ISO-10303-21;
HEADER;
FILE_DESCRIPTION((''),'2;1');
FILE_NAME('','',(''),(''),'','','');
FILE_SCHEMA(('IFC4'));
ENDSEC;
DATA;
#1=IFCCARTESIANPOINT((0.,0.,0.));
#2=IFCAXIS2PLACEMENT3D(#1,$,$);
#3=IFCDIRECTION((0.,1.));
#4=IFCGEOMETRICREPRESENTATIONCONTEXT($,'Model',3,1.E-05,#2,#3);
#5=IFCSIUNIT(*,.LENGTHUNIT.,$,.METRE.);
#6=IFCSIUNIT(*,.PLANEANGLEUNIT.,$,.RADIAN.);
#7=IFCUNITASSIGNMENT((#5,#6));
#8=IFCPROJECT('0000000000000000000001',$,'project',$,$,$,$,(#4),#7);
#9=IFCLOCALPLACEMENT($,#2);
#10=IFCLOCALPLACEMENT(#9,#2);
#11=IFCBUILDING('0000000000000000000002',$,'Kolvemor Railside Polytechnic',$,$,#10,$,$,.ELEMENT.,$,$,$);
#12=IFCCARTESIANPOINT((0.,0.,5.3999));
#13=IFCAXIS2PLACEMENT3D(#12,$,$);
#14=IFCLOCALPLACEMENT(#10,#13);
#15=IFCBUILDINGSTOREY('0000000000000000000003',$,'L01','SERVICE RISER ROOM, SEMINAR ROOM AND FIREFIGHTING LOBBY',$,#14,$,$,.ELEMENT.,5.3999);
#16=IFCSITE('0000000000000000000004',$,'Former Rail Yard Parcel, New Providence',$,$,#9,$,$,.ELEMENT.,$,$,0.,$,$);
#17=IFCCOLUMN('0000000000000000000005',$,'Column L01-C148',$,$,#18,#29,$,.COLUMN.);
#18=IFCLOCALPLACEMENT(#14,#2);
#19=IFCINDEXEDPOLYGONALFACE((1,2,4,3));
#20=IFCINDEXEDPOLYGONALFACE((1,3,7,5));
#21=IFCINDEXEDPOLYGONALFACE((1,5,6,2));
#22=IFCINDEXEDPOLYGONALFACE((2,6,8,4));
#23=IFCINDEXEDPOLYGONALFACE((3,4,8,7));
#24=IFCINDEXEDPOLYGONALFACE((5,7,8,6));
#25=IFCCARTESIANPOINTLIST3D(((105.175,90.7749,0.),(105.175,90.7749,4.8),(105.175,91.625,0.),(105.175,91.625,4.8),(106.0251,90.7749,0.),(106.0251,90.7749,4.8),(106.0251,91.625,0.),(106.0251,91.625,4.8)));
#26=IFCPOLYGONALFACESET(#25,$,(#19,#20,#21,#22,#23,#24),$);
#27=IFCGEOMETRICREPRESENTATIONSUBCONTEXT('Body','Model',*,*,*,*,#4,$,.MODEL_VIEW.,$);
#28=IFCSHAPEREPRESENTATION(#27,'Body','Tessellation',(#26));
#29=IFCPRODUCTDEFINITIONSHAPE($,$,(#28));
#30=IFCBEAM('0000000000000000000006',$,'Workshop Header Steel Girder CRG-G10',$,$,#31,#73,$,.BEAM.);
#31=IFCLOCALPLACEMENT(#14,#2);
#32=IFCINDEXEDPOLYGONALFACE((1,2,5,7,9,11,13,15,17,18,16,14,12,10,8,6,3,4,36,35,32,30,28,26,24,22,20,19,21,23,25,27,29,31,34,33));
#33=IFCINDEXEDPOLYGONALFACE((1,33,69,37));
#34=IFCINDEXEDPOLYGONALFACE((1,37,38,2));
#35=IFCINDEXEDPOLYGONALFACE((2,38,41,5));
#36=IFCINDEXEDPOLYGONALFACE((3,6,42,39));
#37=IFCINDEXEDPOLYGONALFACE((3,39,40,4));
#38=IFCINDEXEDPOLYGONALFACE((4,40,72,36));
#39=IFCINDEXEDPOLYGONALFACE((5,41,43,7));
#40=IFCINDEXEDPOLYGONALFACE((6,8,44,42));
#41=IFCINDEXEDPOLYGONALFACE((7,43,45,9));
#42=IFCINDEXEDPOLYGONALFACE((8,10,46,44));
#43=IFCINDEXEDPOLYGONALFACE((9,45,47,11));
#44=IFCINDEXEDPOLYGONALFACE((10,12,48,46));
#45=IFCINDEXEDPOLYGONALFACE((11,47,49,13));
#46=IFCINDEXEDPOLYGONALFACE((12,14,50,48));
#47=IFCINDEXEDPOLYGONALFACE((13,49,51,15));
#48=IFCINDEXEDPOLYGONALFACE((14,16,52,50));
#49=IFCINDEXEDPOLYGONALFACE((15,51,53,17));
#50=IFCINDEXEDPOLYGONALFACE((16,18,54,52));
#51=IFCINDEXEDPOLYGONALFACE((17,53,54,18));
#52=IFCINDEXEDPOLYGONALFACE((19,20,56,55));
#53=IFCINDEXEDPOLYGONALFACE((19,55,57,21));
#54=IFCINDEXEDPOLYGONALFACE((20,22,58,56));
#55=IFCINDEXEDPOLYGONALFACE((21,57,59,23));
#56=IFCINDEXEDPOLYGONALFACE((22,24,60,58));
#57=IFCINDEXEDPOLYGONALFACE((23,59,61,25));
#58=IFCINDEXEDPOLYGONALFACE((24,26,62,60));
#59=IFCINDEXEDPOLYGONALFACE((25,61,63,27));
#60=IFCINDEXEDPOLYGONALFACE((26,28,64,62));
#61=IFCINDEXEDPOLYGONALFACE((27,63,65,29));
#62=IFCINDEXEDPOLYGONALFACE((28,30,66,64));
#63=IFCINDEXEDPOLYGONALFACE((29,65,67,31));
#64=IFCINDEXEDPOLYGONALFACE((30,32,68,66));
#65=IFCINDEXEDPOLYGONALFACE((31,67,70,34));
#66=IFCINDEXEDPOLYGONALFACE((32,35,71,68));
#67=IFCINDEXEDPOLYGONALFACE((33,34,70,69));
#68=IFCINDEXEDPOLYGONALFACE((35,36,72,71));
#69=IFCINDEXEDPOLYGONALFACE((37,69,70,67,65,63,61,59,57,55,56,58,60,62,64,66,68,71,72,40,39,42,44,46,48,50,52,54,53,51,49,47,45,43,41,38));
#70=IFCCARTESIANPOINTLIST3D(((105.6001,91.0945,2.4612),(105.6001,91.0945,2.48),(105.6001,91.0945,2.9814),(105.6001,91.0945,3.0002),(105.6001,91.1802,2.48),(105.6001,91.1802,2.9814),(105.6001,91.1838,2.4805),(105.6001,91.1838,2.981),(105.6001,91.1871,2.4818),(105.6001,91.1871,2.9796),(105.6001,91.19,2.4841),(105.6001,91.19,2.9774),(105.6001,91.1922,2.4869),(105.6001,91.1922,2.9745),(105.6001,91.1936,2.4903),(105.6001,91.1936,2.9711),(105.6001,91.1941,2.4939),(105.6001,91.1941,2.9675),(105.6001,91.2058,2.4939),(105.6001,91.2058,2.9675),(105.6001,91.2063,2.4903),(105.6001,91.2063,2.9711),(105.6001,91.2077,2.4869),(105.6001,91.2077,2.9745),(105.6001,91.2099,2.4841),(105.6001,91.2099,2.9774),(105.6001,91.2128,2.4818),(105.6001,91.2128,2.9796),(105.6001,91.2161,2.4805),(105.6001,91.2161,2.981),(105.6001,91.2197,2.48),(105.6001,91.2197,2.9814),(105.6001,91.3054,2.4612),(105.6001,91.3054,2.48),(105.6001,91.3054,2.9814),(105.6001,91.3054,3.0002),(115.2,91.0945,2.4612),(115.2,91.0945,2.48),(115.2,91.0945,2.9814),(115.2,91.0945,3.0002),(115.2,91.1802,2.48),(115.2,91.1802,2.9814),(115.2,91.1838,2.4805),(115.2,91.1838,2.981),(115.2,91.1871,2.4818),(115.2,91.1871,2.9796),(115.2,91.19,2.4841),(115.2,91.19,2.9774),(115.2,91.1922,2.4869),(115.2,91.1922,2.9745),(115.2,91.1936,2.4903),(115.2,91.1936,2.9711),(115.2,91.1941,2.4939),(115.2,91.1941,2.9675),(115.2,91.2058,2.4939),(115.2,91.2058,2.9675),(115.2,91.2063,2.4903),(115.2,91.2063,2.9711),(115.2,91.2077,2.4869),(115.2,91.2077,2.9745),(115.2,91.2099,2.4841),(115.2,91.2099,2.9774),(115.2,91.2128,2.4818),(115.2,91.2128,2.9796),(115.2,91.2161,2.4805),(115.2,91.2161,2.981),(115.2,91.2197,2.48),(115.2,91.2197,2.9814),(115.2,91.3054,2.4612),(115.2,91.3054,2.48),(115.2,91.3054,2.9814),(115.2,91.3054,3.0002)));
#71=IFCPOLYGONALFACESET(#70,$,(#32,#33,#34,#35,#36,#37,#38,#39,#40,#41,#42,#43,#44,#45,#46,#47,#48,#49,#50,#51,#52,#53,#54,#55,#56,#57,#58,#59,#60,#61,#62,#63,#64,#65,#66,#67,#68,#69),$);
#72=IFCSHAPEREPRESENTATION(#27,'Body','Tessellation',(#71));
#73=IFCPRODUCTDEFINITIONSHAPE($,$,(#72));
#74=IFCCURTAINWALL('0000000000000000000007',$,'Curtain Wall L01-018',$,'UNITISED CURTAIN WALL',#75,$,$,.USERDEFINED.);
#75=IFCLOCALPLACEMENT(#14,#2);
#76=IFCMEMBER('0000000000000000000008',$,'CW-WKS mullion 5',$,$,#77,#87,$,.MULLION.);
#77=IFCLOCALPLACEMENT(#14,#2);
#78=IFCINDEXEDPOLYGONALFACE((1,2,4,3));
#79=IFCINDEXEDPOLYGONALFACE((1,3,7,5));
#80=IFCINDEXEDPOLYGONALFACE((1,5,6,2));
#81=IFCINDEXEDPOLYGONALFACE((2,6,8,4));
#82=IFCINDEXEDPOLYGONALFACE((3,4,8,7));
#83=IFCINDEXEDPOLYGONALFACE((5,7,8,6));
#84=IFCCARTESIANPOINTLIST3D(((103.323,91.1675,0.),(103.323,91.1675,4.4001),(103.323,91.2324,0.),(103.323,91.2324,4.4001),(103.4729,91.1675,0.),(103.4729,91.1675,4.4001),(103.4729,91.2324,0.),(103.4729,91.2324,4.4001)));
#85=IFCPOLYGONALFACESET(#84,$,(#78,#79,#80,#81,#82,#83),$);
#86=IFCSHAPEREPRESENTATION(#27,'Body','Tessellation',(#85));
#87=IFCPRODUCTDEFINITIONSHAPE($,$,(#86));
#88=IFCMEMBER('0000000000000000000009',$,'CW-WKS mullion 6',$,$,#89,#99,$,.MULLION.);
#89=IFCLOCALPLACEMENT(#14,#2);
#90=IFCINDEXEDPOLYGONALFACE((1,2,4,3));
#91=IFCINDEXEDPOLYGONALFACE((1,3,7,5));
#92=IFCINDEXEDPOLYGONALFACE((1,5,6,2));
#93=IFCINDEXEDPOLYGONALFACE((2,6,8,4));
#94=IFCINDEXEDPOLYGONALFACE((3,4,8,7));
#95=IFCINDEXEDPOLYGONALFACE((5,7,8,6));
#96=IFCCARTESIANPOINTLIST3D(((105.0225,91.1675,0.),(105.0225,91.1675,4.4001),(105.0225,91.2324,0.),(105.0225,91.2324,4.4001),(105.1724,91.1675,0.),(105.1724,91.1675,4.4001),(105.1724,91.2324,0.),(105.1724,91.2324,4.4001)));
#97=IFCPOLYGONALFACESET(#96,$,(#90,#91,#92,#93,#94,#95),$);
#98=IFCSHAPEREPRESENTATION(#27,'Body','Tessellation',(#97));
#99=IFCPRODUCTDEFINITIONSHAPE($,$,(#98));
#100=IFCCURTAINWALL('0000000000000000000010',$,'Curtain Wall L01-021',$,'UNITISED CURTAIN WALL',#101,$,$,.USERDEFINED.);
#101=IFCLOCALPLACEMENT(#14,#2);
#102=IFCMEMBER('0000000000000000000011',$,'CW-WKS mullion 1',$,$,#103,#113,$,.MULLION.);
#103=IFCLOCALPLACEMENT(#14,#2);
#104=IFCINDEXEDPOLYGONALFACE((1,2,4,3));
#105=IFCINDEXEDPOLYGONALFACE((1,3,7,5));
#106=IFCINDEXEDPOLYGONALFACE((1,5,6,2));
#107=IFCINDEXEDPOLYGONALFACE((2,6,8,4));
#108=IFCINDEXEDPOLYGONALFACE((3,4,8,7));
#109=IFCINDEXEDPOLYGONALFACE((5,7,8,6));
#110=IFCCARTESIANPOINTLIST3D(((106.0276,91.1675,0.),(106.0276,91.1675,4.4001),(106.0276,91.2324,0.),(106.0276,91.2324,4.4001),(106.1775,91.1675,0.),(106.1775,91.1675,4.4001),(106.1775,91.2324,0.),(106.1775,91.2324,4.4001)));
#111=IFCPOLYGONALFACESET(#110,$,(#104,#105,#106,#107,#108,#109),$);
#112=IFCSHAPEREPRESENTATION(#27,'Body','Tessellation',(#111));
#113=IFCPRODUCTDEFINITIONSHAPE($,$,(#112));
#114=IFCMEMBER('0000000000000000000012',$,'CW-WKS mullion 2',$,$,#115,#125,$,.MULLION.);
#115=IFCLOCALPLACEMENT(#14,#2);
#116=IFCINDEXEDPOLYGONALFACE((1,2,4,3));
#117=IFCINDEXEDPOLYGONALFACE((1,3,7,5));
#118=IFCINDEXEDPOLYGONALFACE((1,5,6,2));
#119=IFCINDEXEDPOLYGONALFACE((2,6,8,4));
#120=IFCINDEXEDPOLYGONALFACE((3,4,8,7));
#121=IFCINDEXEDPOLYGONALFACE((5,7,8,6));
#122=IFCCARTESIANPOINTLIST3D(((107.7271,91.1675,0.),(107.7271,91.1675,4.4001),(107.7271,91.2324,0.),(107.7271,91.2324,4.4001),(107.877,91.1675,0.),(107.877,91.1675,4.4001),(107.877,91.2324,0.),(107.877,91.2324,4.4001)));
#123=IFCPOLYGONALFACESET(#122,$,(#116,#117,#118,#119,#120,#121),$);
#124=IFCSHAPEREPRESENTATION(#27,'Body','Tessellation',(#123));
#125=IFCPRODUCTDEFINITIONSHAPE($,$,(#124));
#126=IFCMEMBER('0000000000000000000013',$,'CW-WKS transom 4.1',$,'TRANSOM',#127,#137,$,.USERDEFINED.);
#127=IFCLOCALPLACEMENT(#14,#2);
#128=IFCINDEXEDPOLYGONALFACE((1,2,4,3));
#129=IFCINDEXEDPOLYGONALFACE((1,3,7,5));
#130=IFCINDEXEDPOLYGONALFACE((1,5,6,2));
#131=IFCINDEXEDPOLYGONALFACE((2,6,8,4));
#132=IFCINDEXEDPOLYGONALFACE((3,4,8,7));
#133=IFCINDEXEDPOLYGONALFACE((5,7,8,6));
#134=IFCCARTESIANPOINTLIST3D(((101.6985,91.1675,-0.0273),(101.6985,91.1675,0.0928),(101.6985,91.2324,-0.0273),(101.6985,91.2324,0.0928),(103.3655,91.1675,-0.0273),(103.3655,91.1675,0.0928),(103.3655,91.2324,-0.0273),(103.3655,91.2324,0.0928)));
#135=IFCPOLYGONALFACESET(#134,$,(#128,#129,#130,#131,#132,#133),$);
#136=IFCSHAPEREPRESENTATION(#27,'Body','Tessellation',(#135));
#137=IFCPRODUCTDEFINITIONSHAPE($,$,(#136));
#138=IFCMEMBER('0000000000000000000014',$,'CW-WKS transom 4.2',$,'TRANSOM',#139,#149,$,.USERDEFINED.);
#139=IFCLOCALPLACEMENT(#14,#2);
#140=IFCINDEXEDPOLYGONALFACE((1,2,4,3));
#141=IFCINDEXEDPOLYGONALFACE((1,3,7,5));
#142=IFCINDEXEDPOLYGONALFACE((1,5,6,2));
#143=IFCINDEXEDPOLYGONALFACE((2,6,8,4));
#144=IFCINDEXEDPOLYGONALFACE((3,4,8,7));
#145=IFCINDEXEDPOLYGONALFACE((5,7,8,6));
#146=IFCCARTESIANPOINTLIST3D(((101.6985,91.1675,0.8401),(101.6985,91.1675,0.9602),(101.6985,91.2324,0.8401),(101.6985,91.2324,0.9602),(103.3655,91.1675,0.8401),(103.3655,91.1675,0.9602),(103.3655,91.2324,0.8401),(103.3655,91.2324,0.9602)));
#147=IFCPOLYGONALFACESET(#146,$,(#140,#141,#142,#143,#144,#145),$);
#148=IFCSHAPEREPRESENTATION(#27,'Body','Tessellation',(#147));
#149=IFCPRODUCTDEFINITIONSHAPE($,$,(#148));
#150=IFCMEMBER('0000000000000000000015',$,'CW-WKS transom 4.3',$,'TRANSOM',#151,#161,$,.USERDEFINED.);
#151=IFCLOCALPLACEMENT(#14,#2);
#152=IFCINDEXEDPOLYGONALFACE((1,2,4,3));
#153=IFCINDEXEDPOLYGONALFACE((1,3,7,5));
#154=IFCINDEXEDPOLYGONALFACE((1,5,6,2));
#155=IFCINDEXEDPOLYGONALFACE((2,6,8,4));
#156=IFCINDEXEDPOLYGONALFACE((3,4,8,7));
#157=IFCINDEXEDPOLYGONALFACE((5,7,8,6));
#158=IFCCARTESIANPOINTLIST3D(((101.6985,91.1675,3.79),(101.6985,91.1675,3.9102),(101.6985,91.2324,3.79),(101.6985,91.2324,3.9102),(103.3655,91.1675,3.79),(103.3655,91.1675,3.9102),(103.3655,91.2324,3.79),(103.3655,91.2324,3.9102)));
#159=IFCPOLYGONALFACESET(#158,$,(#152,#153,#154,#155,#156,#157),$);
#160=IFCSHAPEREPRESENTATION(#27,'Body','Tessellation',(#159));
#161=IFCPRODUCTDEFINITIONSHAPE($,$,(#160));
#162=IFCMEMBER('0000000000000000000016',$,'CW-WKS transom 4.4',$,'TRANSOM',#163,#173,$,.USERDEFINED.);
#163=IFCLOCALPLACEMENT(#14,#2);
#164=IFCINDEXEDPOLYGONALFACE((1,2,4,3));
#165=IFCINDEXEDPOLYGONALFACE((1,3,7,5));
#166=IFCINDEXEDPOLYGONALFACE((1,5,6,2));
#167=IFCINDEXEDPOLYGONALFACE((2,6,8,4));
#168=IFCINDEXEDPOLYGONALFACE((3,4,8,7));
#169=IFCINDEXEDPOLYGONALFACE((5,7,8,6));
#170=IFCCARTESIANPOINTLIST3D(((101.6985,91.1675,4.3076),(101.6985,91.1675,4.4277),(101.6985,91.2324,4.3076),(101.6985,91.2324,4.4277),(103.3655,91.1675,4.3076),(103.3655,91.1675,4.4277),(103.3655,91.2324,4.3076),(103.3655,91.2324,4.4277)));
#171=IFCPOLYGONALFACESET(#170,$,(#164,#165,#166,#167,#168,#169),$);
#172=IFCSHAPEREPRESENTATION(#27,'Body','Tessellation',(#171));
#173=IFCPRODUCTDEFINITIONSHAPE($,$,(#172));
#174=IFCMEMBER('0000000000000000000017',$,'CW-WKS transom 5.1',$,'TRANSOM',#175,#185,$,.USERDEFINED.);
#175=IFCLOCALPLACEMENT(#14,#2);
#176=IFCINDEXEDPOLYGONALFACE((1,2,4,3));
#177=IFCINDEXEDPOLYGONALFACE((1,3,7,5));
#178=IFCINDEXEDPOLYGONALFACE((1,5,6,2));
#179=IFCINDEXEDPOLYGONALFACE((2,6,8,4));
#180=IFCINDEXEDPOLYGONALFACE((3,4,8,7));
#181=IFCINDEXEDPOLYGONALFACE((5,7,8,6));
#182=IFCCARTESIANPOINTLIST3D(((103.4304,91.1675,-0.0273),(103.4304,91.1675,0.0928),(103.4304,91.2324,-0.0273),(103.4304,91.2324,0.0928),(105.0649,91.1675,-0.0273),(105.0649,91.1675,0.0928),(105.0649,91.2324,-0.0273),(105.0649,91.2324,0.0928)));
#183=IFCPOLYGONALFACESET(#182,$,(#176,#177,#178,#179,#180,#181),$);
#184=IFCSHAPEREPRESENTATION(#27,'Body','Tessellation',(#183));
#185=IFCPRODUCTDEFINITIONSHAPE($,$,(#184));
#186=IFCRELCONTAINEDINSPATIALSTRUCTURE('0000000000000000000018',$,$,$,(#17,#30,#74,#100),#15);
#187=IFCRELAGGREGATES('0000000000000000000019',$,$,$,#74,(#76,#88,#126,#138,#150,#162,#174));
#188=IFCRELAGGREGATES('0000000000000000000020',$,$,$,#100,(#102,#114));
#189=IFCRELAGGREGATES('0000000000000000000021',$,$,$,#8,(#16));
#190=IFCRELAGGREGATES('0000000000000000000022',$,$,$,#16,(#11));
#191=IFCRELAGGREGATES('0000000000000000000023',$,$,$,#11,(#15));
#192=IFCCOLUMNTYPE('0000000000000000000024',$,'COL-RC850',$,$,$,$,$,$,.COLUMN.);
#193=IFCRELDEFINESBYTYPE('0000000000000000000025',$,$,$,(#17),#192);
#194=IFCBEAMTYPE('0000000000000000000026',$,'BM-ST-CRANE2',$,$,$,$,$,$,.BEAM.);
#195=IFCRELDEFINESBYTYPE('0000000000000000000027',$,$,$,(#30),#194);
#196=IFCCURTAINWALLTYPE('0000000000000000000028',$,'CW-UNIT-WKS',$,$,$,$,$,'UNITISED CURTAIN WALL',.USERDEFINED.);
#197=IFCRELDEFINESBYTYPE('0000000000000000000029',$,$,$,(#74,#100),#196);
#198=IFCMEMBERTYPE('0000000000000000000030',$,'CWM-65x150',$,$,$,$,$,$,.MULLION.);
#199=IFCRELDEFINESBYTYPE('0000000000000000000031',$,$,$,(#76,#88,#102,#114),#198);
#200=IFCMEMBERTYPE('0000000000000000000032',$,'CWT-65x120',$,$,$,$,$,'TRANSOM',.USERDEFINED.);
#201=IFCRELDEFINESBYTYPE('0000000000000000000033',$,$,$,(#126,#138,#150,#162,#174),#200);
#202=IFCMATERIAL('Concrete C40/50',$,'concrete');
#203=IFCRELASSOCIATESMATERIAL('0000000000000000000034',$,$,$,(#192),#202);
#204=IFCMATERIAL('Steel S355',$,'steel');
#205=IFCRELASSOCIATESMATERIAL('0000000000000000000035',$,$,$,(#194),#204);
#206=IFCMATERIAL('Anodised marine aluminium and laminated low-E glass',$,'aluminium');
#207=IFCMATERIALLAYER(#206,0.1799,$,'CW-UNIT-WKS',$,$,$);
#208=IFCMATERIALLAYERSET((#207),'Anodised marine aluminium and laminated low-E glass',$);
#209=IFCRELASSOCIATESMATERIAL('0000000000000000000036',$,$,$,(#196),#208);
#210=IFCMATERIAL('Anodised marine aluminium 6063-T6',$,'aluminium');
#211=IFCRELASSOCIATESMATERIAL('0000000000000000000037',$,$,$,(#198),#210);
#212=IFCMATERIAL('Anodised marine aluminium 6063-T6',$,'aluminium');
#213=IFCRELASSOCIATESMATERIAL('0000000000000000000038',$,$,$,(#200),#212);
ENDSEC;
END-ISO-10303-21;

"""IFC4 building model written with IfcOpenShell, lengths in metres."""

from ifc_helpers import new_model, si_unit, direction, frame, origin, origin_2d, place, context, subcontext, project, spatial, rectangle, i_section, extrude, material, layer, layer_set, material_profile, profile_set, type_object, element, aggregate, save


model = new_model("IFC4")

# Units and contexts
model_context = context("Model", 3, precision=1e-05, world=origin(), true_north=direction((0.0, 1.0)))
body_context = subcontext(model_context, "Body", "Model", "MODEL_VIEW")
ifc_project = project(units=[si_unit("LENGTHUNIT", "METRE"), si_unit("PLANEANGLEUNIT", "RADIAN")], contexts=[model_context])

# Site, building, storey
site_placement = place(None, origin())
site = spatial("IfcSite", under=ifc_project, at=site_placement, Name="Former Rail Yard Parcel, New Providence", CompositionType="ELEMENT", RefElevation=0.0)
building_placement = place(site_placement, origin())
building = spatial("IfcBuilding", under=site, at=building_placement, Name="Kolvemor Railside Polytechnic", CompositionType="ELEMENT")
storey_placement = place(building_placement, frame((0.0, 0.0, 5.3999)))
storey = spatial("IfcBuildingStorey", under=building, at=storey_placement, Name="L01", Description="SERVICE RISER ROOM, SEMINAR ROOM AND FIREFIGHTING LOBBY", CompositionType="ELEMENT", Elevation=5.3999)

# Column
ifc_material_1 = material(Name="Concrete C40/50", Category="concrete")
ifc_material_profile_1 = material_profile(ifc_material_1, rectangle(XDim=0.8501, YDim=0.8501, at=origin_2d()), Name="RC850x850")
ifc_profile_set_1 = profile_set([ifc_material_profile_1], Name="Concrete C40/50")
column_type = type_object("IfcColumnType", Name="COL-RC850", PredefinedType="COLUMN", material=ifc_profile_set_1)
column_placement = place(storey_placement, frame((105.6001, 91.2, 0.0), z_axis=(0.0, 0.0, 1.0), x_axis=(1.0, 0.0, 0.0)))
element("IfcColumn", 1, at=column_placement, inside=storey, type_object=column_type, Name="Column L01-C148", PredefinedType="COLUMN", context=body_context, shape_type="SweptSolid", body=[
    extrude(rectangle(XDim=0.8501, YDim=0.8501, at=origin_2d()), origin(), (0.0, 0.0, 1.0), 4.8),
])

# Beam
ifc_material_2 = material(Name="Steel S355", Category="steel")
ifc_material_profile_2 = material_profile(ifc_material_2, i_section(OverallWidth=0.2109, OverallDepth=0.5391, WebThickness=0.0117, FlangeThickness=0.0188, FilletRadius=0.0139, at=origin_2d()), Name="W530x109")
ifc_profile_set_2 = profile_set([ifc_material_profile_2], Name="Steel S355")
beam_type = type_object("IfcBeamType", Name="BM-ST-CRANE2", PredefinedType="BEAM", material=ifc_profile_set_2)
beam_placement = place(storey_placement, frame((105.6001, 91.2, 2.7307), z_axis=(1.0, 0.0, 0.0), x_axis=(0.0, 1.0, 0.0)))
element("IfcBeam", 2, at=beam_placement, inside=storey, type_object=beam_type, Name="Workshop Header Steel Girder CRG-G10", PredefinedType="BEAM", context=body_context, shape_type="SweptSolid", body=[
    extrude(i_section(OverallWidth=0.2109, OverallDepth=0.5391, WebThickness=0.0117, FlangeThickness=0.0188, FilletRadius=0.0139, at=origin_2d()), origin(), (0.0, 0.0, 1.0), 9.5999),
])

# Curtain walls, members
ifc_material_3 = material(Name="Anodised marine aluminium and laminated low-E glass", Category="aluminium")
ifc_layer_1 = layer(ifc_material_3, 0.1799, Name="CW-UNIT-WKS")
ifc_layer_set_1 = layer_set([ifc_layer_1], Name="Anodised marine aluminium and laminated low-E glass")
curtain_wall_type = type_object("IfcCurtainWallType", Name="CW-UNIT-WKS", ElementType="UNITISED CURTAIN WALL", PredefinedType="USERDEFINED", material=ifc_layer_set_1)
curtain_wall_1_placement = place(storey_placement, origin())
curtain_wall_1 = element("IfcCurtainWall", 3, at=curtain_wall_1_placement, inside=storey, type_object=curtain_wall_type, Name="Curtain Wall L01-018", ObjectType="UNITISED CURTAIN WALL", PredefinedType="USERDEFINED")
ifc_material_4 = material(Name="Anodised marine aluminium 6063-T6", Category="aluminium")
ifc_material_profile_3 = material_profile(ifc_material_4, rectangle(XDim=0.0649, YDim=0.1499, at=origin_2d()), Name="CW-MUL-65x150")
ifc_profile_set_3 = profile_set([ifc_material_profile_3], Name="Anodised marine aluminium 6063-T6")
member_type_1 = type_object("IfcMemberType", Name="CWM-65x150", PredefinedType="MULLION", material=ifc_profile_set_3)
member_1_placement = place(storey_placement, frame((103.3979, 91.2, 0.0), z_axis=(0.0, 0.0, 1.0), x_axis=(0.0, 1.0, 0.0)))
member_1 = element("IfcMember", 4, at=member_1_placement, type_object=member_type_1, Name="CW-WKS mullion 5", PredefinedType="MULLION", context=body_context, shape_type="SweptSolid", body=[
    extrude(rectangle(XDim=0.0649, YDim=0.1499, at=origin_2d()), origin(), (0.0, 0.0, 1.0), 4.4001),
])
member_2_placement = place(storey_placement, frame((105.0974, 91.2, 0.0), z_axis=(0.0, 0.0, 1.0), x_axis=(0.0, 1.0, 0.0)))
member_2 = element("IfcMember", 5, at=member_2_placement, type_object=member_type_1, Name="CW-WKS mullion 6", PredefinedType="MULLION", context=body_context, shape_type="SweptSolid", body=[
    extrude(rectangle(XDim=0.0649, YDim=0.1499, at=origin_2d()), origin(), (0.0, 0.0, 1.0), 4.4001),
])
curtain_wall_2_placement = place(storey_placement, origin())
curtain_wall_2 = element("IfcCurtainWall", 6, at=curtain_wall_2_placement, inside=storey, type_object=curtain_wall_type, Name="Curtain Wall L01-021", ObjectType="UNITISED CURTAIN WALL", PredefinedType="USERDEFINED")
member_3_placement = place(storey_placement, frame((106.1025, 91.2, 0.0), z_axis=(0.0, 0.0, 1.0), x_axis=(0.0, 1.0, 0.0)))
member_3 = element("IfcMember", 7, at=member_3_placement, type_object=member_type_1, Name="CW-WKS mullion 1", PredefinedType="MULLION", context=body_context, shape_type="SweptSolid", body=[
    extrude(rectangle(XDim=0.0649, YDim=0.1499, at=origin_2d()), origin(), (0.0, 0.0, 1.0), 4.4001),
])
member_4_placement = place(storey_placement, frame((107.802, 91.2, 0.0), z_axis=(0.0, 0.0, 1.0), x_axis=(0.0, 1.0, 0.0)))
member_4 = element("IfcMember", 8, at=member_4_placement, type_object=member_type_1, Name="CW-WKS mullion 2", PredefinedType="MULLION", context=body_context, shape_type="SweptSolid", body=[
    extrude(rectangle(XDim=0.0649, YDim=0.1499, at=origin_2d()), origin(), (0.0, 0.0, 1.0), 4.4001),
])

# Members
ifc_material_5 = material(Name="Anodised marine aluminium 6063-T6", Category="aluminium")
ifc_material_profile_4 = material_profile(ifc_material_5, rectangle(XDim=0.0649, YDim=0.1201, at=origin_2d()), Name="CW-TRN-65x120")
ifc_profile_set_4 = profile_set([ifc_material_profile_4], Name="Anodised marine aluminium 6063-T6")
member_type_2 = type_object("IfcMemberType", Name="CWT-65x120", ElementType="TRANSOM", PredefinedType="USERDEFINED", material=ifc_profile_set_4)
member_5_placement = place(storey_placement, frame((101.6985, 91.2, 0.0327), z_axis=(1.0, 0.0, 0.0), x_axis=(0.0, 1.0, 0.0)))
member_5 = element("IfcMember", 9, at=member_5_placement, type_object=member_type_2, Name="CW-WKS transom 4.1", ObjectType="TRANSOM", PredefinedType="USERDEFINED", context=body_context, shape_type="SweptSolid", body=[
    extrude(rectangle(XDim=0.0649, YDim=0.1201, at=origin_2d()), origin(), (0.0, 0.0, 1.0), 1.667),
])
member_6_placement = place(storey_placement, frame((101.6985, 91.2, 0.9001), z_axis=(1.0, 0.0, 0.0), x_axis=(0.0, 1.0, 0.0)))
member_6 = element("IfcMember", 10, at=member_6_placement, type_object=member_type_2, Name="CW-WKS transom 4.2", ObjectType="TRANSOM", PredefinedType="USERDEFINED", context=body_context, shape_type="SweptSolid", body=[
    extrude(rectangle(XDim=0.0649, YDim=0.1201, at=origin_2d()), origin(), (0.0, 0.0, 1.0), 1.667),
])
member_7_placement = place(storey_placement, frame((101.6985, 91.2, 3.8501), z_axis=(1.0, 0.0, 0.0), x_axis=(0.0, 1.0, 0.0)))
member_7 = element("IfcMember", 11, at=member_7_placement, type_object=member_type_2, Name="CW-WKS transom 4.3", ObjectType="TRANSOM", PredefinedType="USERDEFINED", context=body_context, shape_type="SweptSolid", body=[
    extrude(rectangle(XDim=0.0649, YDim=0.1201, at=origin_2d()), origin(), (0.0, 0.0, 1.0), 1.667),
])
member_8_placement = place(storey_placement, frame((101.6985, 91.2, 4.3677), z_axis=(1.0, 0.0, 0.0), x_axis=(0.0, 1.0, 0.0)))
member_8 = element("IfcMember", 12, at=member_8_placement, type_object=member_type_2, Name="CW-WKS transom 4.4", ObjectType="TRANSOM", PredefinedType="USERDEFINED", context=body_context, shape_type="SweptSolid", body=[
    extrude(rectangle(XDim=0.0649, YDim=0.1201, at=origin_2d()), origin(), (0.0, 0.0, 1.0), 1.667),
])
member_9_placement = place(storey_placement, frame((103.4304, 91.2, 0.0327), z_axis=(1.0, 0.0, 0.0), x_axis=(0.0, 1.0, 0.0)))
member_9 = element("IfcMember", 13, at=member_9_placement, type_object=member_type_2, Name="CW-WKS transom 5.1", ObjectType="TRANSOM", PredefinedType="USERDEFINED", context=body_context, shape_type="SweptSolid", body=[
    extrude(rectangle(XDim=0.0649, YDim=0.1201, at=origin_2d()), origin(), (0.0, 0.0, 1.0), 1.6345),
])

aggregate(curtain_wall_1, [member_1, member_2, member_5, member_6, member_7, member_8, member_9])
aggregate(curtain_wall_2, [member_3, member_4])

save(model, "model.ifc")
